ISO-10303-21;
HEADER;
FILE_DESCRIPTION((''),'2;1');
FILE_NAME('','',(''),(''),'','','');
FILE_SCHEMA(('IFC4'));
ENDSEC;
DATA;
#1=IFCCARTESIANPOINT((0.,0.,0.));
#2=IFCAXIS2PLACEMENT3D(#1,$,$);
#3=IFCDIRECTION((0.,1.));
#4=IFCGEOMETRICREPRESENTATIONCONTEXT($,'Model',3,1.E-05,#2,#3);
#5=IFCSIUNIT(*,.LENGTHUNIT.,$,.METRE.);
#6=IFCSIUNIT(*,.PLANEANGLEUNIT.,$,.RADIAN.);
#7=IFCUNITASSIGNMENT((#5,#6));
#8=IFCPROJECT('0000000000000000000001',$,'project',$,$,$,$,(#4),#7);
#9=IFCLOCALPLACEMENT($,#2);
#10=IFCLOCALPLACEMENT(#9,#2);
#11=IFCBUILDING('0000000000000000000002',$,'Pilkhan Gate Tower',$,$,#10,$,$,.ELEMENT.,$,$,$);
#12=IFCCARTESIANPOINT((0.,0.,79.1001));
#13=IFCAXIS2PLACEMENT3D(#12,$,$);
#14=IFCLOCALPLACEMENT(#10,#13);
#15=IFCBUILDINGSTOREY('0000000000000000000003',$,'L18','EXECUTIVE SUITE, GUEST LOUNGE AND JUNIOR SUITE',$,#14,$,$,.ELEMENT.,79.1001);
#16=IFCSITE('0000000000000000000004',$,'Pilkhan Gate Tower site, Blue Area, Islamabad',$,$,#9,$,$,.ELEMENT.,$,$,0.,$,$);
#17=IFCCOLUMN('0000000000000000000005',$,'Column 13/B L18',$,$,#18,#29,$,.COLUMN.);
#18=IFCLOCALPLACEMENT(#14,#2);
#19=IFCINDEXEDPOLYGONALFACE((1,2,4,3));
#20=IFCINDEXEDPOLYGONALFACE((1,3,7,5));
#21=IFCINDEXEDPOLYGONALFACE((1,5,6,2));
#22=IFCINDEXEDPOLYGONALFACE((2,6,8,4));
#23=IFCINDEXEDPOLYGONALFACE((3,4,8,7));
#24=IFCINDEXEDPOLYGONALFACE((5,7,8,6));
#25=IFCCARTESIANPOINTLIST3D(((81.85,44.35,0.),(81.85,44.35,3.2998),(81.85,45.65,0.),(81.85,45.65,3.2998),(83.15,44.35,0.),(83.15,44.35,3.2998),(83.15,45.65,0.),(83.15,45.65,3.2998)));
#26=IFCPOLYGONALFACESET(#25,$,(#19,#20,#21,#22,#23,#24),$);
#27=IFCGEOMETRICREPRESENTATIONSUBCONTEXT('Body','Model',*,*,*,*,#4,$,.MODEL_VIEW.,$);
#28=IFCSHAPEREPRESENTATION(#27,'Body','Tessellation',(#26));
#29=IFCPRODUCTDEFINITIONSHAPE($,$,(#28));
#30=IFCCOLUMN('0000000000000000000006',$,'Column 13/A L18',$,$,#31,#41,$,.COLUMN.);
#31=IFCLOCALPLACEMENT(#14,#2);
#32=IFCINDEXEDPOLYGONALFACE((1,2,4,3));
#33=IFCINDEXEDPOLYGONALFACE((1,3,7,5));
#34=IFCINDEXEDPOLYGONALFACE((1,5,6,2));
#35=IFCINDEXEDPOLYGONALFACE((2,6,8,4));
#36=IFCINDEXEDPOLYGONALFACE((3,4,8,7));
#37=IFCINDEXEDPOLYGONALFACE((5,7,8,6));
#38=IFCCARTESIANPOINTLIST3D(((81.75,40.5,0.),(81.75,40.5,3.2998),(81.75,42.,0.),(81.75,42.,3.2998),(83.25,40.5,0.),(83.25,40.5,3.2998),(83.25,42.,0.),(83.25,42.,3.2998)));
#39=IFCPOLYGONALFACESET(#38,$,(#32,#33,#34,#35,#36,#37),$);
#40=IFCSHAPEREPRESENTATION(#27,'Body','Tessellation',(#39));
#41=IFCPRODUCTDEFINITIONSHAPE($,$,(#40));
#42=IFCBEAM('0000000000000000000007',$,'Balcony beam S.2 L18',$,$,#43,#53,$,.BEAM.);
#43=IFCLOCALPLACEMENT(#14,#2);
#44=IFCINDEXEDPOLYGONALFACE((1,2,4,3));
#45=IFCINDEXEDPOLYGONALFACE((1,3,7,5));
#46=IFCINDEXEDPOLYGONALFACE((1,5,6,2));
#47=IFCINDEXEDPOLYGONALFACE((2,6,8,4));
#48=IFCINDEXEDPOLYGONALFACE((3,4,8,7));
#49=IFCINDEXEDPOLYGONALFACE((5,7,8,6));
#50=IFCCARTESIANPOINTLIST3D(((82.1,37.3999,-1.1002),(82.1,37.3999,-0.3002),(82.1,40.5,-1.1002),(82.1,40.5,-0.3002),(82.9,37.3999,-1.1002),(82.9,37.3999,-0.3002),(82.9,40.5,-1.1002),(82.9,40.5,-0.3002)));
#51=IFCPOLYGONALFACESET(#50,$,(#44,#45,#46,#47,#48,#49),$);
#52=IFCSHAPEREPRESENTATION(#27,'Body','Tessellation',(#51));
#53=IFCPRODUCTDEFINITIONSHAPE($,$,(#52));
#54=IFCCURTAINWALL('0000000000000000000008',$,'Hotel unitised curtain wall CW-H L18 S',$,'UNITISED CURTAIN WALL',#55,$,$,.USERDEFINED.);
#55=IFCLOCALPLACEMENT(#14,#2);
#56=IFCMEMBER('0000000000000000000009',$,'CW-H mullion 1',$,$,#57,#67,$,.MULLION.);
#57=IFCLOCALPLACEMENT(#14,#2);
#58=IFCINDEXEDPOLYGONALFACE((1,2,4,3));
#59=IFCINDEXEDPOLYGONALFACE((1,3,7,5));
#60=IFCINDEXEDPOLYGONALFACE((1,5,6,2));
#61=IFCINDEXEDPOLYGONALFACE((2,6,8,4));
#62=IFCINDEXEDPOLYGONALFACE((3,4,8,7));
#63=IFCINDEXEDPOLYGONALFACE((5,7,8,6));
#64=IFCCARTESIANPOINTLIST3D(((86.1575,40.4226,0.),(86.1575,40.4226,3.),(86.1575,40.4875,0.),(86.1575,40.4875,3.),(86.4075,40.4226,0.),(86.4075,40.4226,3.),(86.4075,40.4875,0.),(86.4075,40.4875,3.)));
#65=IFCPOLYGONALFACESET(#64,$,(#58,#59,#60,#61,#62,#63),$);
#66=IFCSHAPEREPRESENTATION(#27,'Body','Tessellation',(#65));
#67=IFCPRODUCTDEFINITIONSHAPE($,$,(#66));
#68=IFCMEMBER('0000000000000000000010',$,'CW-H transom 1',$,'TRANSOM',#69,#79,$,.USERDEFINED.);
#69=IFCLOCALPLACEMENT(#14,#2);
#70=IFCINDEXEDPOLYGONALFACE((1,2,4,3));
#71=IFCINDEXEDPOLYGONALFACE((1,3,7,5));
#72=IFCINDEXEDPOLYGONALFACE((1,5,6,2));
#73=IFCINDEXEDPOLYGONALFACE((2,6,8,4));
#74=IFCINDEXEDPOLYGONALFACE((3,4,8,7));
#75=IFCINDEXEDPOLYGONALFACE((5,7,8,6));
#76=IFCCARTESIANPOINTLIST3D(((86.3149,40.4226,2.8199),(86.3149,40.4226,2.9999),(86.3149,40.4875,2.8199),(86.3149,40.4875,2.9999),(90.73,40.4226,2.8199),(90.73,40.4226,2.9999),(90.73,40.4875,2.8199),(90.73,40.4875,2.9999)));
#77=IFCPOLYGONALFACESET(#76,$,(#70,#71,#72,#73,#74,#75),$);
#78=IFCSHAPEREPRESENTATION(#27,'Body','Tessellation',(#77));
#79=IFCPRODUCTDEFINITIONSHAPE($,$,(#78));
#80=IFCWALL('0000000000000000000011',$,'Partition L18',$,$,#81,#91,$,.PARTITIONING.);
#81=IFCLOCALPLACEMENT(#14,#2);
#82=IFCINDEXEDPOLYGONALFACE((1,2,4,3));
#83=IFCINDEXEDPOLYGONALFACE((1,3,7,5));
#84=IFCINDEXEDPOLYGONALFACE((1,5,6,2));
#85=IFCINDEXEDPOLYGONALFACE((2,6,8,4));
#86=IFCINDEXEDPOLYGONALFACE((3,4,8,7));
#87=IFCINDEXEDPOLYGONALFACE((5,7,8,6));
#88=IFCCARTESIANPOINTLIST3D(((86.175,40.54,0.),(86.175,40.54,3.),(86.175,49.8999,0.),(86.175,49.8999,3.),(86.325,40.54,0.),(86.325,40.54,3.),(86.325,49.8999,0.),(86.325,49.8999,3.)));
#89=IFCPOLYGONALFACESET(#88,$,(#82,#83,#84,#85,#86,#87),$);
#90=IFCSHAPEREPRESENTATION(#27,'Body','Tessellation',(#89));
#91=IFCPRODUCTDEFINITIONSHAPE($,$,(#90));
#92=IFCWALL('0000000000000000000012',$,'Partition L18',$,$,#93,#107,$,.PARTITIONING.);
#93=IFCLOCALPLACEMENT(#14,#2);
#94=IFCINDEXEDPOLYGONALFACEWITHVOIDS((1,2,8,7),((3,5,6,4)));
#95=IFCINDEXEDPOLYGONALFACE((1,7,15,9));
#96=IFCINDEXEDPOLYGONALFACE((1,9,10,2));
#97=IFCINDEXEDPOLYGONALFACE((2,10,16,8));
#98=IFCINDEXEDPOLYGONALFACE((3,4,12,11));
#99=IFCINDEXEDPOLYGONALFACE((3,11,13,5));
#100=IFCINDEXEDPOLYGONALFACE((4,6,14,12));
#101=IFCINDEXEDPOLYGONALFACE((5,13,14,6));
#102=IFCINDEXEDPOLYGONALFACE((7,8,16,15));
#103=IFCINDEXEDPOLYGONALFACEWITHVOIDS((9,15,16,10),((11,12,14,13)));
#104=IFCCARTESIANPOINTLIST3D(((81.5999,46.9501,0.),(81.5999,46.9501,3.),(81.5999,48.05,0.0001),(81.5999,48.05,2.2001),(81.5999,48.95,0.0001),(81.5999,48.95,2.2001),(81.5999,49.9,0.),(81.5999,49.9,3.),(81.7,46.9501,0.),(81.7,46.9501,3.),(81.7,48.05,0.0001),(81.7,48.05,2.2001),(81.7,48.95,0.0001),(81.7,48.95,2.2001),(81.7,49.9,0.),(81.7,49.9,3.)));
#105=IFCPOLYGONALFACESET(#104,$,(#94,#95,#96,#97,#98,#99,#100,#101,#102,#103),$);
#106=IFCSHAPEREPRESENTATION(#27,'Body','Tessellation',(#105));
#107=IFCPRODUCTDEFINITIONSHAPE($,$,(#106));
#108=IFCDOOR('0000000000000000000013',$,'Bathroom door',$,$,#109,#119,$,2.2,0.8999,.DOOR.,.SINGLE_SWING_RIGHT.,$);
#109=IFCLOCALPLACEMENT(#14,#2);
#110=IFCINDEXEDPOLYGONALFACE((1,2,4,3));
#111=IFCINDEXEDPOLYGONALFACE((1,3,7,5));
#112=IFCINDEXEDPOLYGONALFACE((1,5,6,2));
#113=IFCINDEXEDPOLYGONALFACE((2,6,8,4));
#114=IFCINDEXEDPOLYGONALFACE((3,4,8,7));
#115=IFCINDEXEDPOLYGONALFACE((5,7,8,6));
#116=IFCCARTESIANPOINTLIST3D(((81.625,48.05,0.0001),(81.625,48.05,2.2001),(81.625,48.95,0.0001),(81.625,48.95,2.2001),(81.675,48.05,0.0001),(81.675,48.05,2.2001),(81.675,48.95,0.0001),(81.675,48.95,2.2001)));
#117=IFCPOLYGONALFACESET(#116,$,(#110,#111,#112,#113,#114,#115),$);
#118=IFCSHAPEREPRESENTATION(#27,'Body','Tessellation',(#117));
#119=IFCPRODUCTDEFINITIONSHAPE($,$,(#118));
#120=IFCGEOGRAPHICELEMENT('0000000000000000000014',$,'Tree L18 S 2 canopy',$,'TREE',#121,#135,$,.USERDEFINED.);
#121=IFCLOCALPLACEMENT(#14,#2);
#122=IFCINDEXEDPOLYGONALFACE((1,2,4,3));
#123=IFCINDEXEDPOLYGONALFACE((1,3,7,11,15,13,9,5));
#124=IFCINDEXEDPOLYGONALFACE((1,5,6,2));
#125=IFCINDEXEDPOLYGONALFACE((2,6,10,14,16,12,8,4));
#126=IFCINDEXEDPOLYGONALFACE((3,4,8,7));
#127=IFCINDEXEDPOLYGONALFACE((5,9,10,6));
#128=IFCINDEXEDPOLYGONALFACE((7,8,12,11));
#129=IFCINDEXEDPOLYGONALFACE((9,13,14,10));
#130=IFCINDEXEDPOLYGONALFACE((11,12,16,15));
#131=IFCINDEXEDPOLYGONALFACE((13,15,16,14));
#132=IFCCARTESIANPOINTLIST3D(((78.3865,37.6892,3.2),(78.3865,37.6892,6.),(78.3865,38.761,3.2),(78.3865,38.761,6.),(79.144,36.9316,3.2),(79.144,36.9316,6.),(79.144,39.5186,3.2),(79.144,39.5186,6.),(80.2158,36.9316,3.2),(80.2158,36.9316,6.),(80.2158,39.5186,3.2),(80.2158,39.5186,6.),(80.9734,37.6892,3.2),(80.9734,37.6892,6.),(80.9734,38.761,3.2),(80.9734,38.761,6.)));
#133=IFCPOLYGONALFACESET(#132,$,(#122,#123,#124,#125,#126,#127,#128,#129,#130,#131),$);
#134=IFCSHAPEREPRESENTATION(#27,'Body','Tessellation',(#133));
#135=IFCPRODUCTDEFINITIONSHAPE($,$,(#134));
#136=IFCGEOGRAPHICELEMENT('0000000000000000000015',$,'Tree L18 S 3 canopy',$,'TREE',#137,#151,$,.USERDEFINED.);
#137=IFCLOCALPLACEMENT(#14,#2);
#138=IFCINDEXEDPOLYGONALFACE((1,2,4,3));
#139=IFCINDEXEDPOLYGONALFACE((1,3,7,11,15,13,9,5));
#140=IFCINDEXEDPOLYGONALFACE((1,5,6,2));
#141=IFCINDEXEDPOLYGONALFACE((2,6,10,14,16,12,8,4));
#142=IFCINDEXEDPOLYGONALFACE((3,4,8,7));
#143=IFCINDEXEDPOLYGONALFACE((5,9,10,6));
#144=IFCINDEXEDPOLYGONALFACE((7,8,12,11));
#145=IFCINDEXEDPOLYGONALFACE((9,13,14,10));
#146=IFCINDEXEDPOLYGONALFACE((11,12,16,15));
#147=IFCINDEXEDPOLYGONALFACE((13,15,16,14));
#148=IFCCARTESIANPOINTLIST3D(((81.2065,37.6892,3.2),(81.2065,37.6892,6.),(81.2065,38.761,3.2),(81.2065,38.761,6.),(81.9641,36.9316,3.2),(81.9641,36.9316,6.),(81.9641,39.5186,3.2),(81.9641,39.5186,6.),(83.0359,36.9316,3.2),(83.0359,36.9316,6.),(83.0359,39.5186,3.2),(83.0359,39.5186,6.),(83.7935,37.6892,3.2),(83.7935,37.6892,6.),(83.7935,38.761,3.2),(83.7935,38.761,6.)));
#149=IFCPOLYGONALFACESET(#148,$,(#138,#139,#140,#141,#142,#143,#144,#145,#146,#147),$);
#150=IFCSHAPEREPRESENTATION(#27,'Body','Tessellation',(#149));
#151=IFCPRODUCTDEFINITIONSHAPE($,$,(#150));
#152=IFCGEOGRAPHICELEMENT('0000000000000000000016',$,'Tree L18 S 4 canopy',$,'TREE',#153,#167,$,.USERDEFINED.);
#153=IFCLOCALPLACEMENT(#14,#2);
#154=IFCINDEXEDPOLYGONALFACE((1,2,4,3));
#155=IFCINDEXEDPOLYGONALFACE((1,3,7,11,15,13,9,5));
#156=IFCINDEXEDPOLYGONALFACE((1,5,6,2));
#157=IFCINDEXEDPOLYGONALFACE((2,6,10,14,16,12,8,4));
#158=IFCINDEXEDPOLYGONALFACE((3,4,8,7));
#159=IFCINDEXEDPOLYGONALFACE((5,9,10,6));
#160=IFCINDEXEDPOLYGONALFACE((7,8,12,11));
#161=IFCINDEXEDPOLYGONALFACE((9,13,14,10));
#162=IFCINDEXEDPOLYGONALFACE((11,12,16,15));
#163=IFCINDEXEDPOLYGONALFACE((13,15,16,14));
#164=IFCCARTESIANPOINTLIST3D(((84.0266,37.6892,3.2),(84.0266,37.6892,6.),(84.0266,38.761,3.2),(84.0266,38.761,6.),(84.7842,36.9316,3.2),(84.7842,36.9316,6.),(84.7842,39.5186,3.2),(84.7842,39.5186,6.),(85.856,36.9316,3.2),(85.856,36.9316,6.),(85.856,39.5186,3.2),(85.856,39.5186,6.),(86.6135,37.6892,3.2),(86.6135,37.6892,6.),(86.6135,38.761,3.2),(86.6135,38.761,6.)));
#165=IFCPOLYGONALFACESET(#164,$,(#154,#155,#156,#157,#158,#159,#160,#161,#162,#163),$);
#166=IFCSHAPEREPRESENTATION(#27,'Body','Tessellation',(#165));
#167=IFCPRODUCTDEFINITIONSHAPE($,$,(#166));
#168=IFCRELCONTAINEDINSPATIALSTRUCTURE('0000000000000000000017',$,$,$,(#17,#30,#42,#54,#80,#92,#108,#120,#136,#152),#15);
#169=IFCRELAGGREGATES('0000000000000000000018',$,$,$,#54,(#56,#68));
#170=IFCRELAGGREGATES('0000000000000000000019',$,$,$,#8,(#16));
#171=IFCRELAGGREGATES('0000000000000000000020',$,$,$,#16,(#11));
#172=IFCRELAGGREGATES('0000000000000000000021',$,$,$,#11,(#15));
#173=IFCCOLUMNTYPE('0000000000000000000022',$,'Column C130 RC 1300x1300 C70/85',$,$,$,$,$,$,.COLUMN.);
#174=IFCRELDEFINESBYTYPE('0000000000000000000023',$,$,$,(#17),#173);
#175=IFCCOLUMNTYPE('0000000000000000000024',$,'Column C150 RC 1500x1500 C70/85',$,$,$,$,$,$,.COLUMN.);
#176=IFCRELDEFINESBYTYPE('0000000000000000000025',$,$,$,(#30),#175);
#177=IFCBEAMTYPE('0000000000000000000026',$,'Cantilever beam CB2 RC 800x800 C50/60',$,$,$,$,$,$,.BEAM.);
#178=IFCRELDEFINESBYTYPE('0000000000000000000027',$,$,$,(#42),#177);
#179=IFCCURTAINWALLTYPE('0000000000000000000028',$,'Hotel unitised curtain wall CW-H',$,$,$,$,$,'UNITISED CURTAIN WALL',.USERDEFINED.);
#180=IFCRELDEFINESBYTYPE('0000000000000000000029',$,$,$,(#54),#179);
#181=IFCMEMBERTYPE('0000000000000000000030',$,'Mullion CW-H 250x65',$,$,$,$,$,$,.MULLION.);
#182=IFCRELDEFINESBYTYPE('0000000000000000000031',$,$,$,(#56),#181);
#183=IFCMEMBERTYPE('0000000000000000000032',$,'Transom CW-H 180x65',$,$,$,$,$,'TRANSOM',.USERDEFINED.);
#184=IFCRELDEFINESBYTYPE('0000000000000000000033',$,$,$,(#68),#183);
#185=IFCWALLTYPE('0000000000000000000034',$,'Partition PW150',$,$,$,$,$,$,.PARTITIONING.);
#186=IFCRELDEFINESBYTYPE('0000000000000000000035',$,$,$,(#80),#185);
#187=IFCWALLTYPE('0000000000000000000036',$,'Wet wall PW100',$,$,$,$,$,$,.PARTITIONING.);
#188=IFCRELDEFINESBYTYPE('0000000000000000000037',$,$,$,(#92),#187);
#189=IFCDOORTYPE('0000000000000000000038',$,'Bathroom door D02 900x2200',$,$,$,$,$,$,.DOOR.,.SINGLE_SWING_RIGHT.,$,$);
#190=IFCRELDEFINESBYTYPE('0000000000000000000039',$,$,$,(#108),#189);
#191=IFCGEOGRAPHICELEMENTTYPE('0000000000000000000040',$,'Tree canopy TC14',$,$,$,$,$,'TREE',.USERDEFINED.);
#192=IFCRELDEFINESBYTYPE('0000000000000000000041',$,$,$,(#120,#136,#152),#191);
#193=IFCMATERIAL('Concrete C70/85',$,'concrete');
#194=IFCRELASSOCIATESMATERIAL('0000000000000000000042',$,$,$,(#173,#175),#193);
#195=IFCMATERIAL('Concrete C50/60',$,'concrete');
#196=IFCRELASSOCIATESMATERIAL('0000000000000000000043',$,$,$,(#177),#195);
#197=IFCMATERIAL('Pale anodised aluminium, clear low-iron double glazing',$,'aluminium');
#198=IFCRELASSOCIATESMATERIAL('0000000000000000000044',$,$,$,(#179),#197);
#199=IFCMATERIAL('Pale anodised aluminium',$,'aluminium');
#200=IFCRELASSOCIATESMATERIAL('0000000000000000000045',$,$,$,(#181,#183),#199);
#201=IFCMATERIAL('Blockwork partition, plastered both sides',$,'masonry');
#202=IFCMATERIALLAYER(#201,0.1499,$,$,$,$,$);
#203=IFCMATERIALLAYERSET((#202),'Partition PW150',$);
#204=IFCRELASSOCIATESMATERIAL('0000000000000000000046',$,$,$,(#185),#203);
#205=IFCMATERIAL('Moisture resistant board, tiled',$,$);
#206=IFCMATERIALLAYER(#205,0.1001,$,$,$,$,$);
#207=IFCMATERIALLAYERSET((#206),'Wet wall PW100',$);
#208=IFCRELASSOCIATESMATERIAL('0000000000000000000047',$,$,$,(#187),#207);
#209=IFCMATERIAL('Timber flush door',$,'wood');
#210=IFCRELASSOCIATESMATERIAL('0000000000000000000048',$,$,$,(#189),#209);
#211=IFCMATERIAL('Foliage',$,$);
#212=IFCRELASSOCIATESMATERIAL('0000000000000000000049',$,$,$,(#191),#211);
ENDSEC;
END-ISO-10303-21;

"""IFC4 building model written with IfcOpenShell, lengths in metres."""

from ifc_helpers import new_model, si_unit, direction, frame, frame_2d, origin, origin_2d, place, context, subcontext, project, spatial, polyline, rectangle, outline, extrude, material, layer, layer_set, material_profile, profile_set, type_object, element, fill, aggregate, save


model = new_model("IFC4")

# Units and contexts
model_context = context("Model", 3, precision=1e-05, world=origin(), true_north=direction((0.0, 1.0)))
body_context = subcontext(model_context, "Body", "Model", "MODEL_VIEW")
ifc_project = project(units=[si_unit("LENGTHUNIT", "METRE"), si_unit("PLANEANGLEUNIT", "RADIAN")], contexts=[model_context])

# Site, building, storey
site_placement = place(None, origin())
site = spatial("IfcSite", under=ifc_project, at=site_placement, Name="Pilkhan Gate Tower site, Blue Area, Islamabad", CompositionType="ELEMENT", RefElevation=0.0)
building_placement = place(site_placement, origin())
building = spatial("IfcBuilding", under=site, at=building_placement, Name="Pilkhan Gate Tower", CompositionType="ELEMENT")
storey_placement = place(building_placement, frame((0.0, 0.0, 79.1001)))
storey = spatial("IfcBuildingStorey", under=building, at=storey_placement, Name="L18", Description="EXECUTIVE SUITE, GUEST LOUNGE AND JUNIOR SUITE", CompositionType="ELEMENT", Elevation=79.1001)

# Columns
ifc_material_1 = material(Name="Concrete C70/85", Category="concrete")
ifc_material_profile_1 = material_profile(ifc_material_1, rectangle(XDim=1.3, YDim=1.3, at=origin_2d()), Name="RC 1300x1300")
ifc_profile_set_1 = profile_set([ifc_material_profile_1], Name="Concrete C70/85")
column_type_1 = type_object("IfcColumnType", Name="Column C130 RC 1300x1300 C70/85", PredefinedType="COLUMN", material=ifc_profile_set_1)
column_1_placement = place(storey_placement, frame((82.5, 45.0, 0.0), z_axis=(0.0, 0.0, 1.0), x_axis=(1.0, 0.0, 0.0)))
element("IfcColumn", 1, at=column_1_placement, inside=storey, type_object=column_type_1, Name="Column 13/B L18", PredefinedType="COLUMN", context=body_context, shape_type="SweptSolid", body=[
    extrude(rectangle(XDim=1.3, YDim=1.3, at=origin_2d()), origin(), (0.0, 0.0, 1.0), 3.2998),
])
ifc_material_profile_2 = material_profile(ifc_material_1, rectangle(XDim=1.5, YDim=1.5, at=origin_2d()), Name="RC 1500x1500")
ifc_profile_set_2 = profile_set([ifc_material_profile_2], Name="Concrete C70/85")
column_type_2 = type_object("IfcColumnType", Name="Column C150 RC 1500x1500 C70/85", PredefinedType="COLUMN", material=ifc_profile_set_2)
column_2_placement = place(storey_placement, frame((82.5, 41.25, 0.0), z_axis=(0.0, 0.0, 1.0), x_axis=(1.0, 0.0, 0.0)))
element("IfcColumn", 2, at=column_2_placement, inside=storey, type_object=column_type_2, Name="Column 13/A L18", PredefinedType="COLUMN", context=body_context, shape_type="SweptSolid", body=[
    extrude(rectangle(XDim=1.5, YDim=1.5, at=origin_2d()), origin(), (0.0, 0.0, 1.0), 3.2998),
])

# Beam
ifc_material_2 = material(Name="Concrete C50/60", Category="concrete")
ifc_material_profile_3 = material_profile(ifc_material_2, rectangle(XDim=0.8, YDim=0.8, at=origin_2d()), Name="RC 800x800")
ifc_profile_set_3 = profile_set([ifc_material_profile_3], Name="Concrete C50/60")
beam_type = type_object("IfcBeamType", Name="Cantilever beam CB2 RC 800x800 C50/60", PredefinedType="BEAM", material=ifc_profile_set_3)
beam_placement = place(storey_placement, frame((82.5, 40.5, -0.7002), z_axis=(0.0, -1.0, 0.0), x_axis=(1.0, 0.0, 0.0)))
element("IfcBeam", 3, at=beam_placement, inside=storey, type_object=beam_type, Name="Balcony beam S.2 L18", PredefinedType="BEAM", context=body_context, shape_type="SweptSolid", body=[
    extrude(rectangle(XDim=0.8, YDim=0.8, at=origin_2d()), origin(), (0.0, 0.0, 1.0), 3.1001),
])

# Curtain wall, members
ifc_material_3 = material(Name="Pale anodised aluminium, clear low-iron double glazing", Category="aluminium")
curtain_wall_type = type_object("IfcCurtainWallType", Name="Hotel unitised curtain wall CW-H", ElementType="UNITISED CURTAIN WALL", PredefinedType="USERDEFINED", material=ifc_material_3)
curtain_wall_placement = place(storey_placement, origin())
curtain_wall = element("IfcCurtainWall", 4, at=curtain_wall_placement, inside=storey, type_object=curtain_wall_type, Name="Hotel unitised curtain wall CW-H L18 S", ObjectType="UNITISED CURTAIN WALL", PredefinedType="USERDEFINED")
ifc_material_4 = material(Name="Pale anodised aluminium", Category="aluminium")
ifc_material_profile_4 = material_profile(ifc_material_4, rectangle(XDim=0.0649, YDim=0.25, at=origin_2d()), Name="Mullion 250x65")
ifc_profile_set_4 = profile_set([ifc_material_profile_4], Name="Pale anodised aluminium")
member_type_1 = type_object("IfcMemberType", Name="Mullion CW-H 250x65", PredefinedType="MULLION", material=ifc_profile_set_4)
member_1_placement = place(storey_placement, frame((86.2825, 40.4551, 0.0), z_axis=(0.0, 0.0, 1.0), x_axis=(0.0, 1.0, 0.0)))
member_1 = element("IfcMember", 5, at=member_1_placement, type_object=member_type_1, Name="CW-H mullion 1", PredefinedType="MULLION", context=body_context, shape_type="SweptSolid", body=[
    extrude(rectangle(XDim=0.0649, YDim=0.25, at=origin_2d()), origin(), (0.0, 0.0, 1.0), 3.0),
])
ifc_material_profile_5 = material_profile(ifc_material_4, rectangle(XDim=0.0649, YDim=0.1799, at=origin_2d()), Name="Transom 180x65")
ifc_profile_set_5 = profile_set([ifc_material_profile_5], Name="Pale anodised aluminium")
member_type_2 = type_object("IfcMemberType", Name="Transom CW-H 180x65", ElementType="TRANSOM", PredefinedType="USERDEFINED", material=ifc_profile_set_5)
member_2_placement = place(storey_placement, frame((86.3149, 40.4551, 2.9099), z_axis=(1.0, 0.0, 0.0), x_axis=(0.0, 1.0, 0.0)))
member_2 = element("IfcMember", 6, at=member_2_placement, type_object=member_type_2, Name="CW-H transom 1", ObjectType="TRANSOM", PredefinedType="USERDEFINED", context=body_context, shape_type="SweptSolid", body=[
    extrude(rectangle(XDim=0.0649, YDim=0.1799, at=origin_2d()), origin(), (0.0, 0.0, 1.0), 4.415),
])
aggregate(curtain_wall, [member_1, member_2])

# Wall
ifc_material_5 = material(Name="Blockwork partition, plastered both sides", Category="masonry")
ifc_layer_1 = layer(ifc_material_5, 0.1499)
ifc_layer_set_1 = layer_set([ifc_layer_1], Name="Partition PW150")
wall_type_1 = type_object("IfcWallType", Name="Partition PW150", PredefinedType="PARTITIONING", material=ifc_layer_set_1)
wall_1_placement = place(storey_placement, frame((86.25, 40.54, 0.0), z_axis=(0.0, 0.0, 1.0), x_axis=(0.0, 1.0, 0.0)))
element("IfcWall", 7, at=wall_1_placement, inside=storey, type_object=wall_type_1, Name="Partition L18", PredefinedType="PARTITIONING", context=body_context, shape_type="SweptSolid", body=[
    extrude(rectangle(XDim=9.3599, YDim=0.1499, at=frame_2d((4.6799, 0.0))), origin(), (0.0, 0.0, 1.0), 3.0),
])

# Wall, opening, door
ifc_material_6 = material(Name="Moisture resistant board, tiled")
ifc_layer_2 = layer(ifc_material_6, 0.1001)
ifc_layer_set_2 = layer_set([ifc_layer_2], Name="Wet wall PW100")
wall_type_2 = type_object("IfcWallType", Name="Wet wall PW100", PredefinedType="PARTITIONING", material=ifc_layer_set_2)
wall_2_placement = place(storey_placement, frame((81.6499, 46.95, 0.0), z_axis=(0.0, 0.0, 1.0), x_axis=(0.0, 1.0, 0.0)))
wall_2 = element("IfcWall", 8, at=wall_2_placement, inside=storey, type_object=wall_type_2, Name="Partition L18", PredefinedType="PARTITIONING", context=body_context, shape_type="SweptSolid", body=[
    extrude(rectangle(XDim=2.95, YDim=0.1001, at=frame_2d((1.4751, 0.0))), origin(), (0.0, 0.0, 1.0), 3.0),
])
opening_1_placement = place(wall_2_placement, frame((1.1001, 0.0, 0.0)))
opening_1 = element("IfcOpeningElement", 9, at=opening_1_placement, cuts=wall_2, PredefinedType="OPENING", context=body_context, shape_type="SweptSolid", body=[
    extrude(rectangle(XDim=0.8999, YDim=2.2, at=frame_2d((0.45, 1.1001))), frame((0.0, 0.0601, 0.0), z_axis=(0.0, -1.0, 0.0), x_axis=(1.0, 0.0, 0.0)), (0.0, 0.0, 1.0), 0.1201),
])
ifc_material_7 = material(Name="Timber flush door", Category="wood")
door_type_1 = type_object("IfcDoorType", Name="Bathroom door D02 900x2200", OperationType="SINGLE_SWING_RIGHT", PredefinedType="DOOR", material=ifc_material_7)
door_1_placement = place(opening_1_placement, origin())
door_1 = element("IfcDoor", 10, at=door_1_placement, inside=storey, type_object=door_type_1, Name="Bathroom door", OperationType="SINGLE_SWING_RIGHT", OverallHeight=2.2, OverallWidth=0.8999, PredefinedType="DOOR", context=body_context, shape_type="SweptSolid", body=[
    extrude(rectangle(XDim=0.8999, YDim=2.2, at=frame_2d((0.45, 1.1001))), frame((0.0, 0.0249, 0.0), z_axis=(0.0, -1.0, 0.0), x_axis=(1.0, 0.0, 0.0)), (0.0, 0.0, 1.0), 0.05),
])
fill(opening_1, door_1)

# Geographic elements
ifc_material_8 = material(Name="Foliage")
ifc_material_profile_6 = material_profile(ifc_material_8, outline(polyline([(1.2935, 0.5359), (0.5359, 1.2935), (-0.5359, 1.2935), (-1.2935, 0.5359), (-1.2935, -0.5359), (-0.5359, -1.2935), (0.5359, -1.2935), (1.2935, -0.5359), (1.2935, 0.5359)])), Name="Canopy D2.8")
ifc_profile_set_6 = profile_set([ifc_material_profile_6], Name="Foliage")
geographic_element_type_1 = type_object("IfcGeographicElementType", Name="Tree canopy TC14", ElementType="TREE", PredefinedType="USERDEFINED", material=ifc_profile_set_6)
for number, where, z_axis, x_axis, name in (
    (11, (79.6799, 38.2251, 3.2), (0.0, 0.0, 1.0), (1.0, 0.0, 0.0), "Tree L18 S 2 canopy"),
    (12, (82.5, 38.2251, 3.2), (0.0, 0.0, 1.0), (1.0, 0.0, 0.0), "Tree L18 S 3 canopy"),
    (13, (85.3201, 38.2251, 3.2), (0.0, 0.0, 1.0), (1.0, 0.0, 0.0), "Tree L18 S 4 canopy"),
):
    element("IfcGeographicElement", number, at=place(storey_placement, frame(where, z_axis=z_axis, x_axis=x_axis)), inside=storey, type_object=geographic_element_type_1, Name=name, ObjectType="TREE", PredefinedType="USERDEFINED", context=body_context, shape_type="SweptSolid", body=[
        extrude(outline(polyline([(1.2935, 0.5359), (0.5359, 1.2935), (-0.5359, 1.2935), (-1.2935, 0.5359), (-1.2935, -0.5359), (-0.5359, -1.2935), (0.5359, -1.2935), (1.2935, -0.5359), (1.2935, 0.5359)])), origin(), (0.0, 0.0, 1.0), 2.8),
    ])

save(model, "model.ifc")
